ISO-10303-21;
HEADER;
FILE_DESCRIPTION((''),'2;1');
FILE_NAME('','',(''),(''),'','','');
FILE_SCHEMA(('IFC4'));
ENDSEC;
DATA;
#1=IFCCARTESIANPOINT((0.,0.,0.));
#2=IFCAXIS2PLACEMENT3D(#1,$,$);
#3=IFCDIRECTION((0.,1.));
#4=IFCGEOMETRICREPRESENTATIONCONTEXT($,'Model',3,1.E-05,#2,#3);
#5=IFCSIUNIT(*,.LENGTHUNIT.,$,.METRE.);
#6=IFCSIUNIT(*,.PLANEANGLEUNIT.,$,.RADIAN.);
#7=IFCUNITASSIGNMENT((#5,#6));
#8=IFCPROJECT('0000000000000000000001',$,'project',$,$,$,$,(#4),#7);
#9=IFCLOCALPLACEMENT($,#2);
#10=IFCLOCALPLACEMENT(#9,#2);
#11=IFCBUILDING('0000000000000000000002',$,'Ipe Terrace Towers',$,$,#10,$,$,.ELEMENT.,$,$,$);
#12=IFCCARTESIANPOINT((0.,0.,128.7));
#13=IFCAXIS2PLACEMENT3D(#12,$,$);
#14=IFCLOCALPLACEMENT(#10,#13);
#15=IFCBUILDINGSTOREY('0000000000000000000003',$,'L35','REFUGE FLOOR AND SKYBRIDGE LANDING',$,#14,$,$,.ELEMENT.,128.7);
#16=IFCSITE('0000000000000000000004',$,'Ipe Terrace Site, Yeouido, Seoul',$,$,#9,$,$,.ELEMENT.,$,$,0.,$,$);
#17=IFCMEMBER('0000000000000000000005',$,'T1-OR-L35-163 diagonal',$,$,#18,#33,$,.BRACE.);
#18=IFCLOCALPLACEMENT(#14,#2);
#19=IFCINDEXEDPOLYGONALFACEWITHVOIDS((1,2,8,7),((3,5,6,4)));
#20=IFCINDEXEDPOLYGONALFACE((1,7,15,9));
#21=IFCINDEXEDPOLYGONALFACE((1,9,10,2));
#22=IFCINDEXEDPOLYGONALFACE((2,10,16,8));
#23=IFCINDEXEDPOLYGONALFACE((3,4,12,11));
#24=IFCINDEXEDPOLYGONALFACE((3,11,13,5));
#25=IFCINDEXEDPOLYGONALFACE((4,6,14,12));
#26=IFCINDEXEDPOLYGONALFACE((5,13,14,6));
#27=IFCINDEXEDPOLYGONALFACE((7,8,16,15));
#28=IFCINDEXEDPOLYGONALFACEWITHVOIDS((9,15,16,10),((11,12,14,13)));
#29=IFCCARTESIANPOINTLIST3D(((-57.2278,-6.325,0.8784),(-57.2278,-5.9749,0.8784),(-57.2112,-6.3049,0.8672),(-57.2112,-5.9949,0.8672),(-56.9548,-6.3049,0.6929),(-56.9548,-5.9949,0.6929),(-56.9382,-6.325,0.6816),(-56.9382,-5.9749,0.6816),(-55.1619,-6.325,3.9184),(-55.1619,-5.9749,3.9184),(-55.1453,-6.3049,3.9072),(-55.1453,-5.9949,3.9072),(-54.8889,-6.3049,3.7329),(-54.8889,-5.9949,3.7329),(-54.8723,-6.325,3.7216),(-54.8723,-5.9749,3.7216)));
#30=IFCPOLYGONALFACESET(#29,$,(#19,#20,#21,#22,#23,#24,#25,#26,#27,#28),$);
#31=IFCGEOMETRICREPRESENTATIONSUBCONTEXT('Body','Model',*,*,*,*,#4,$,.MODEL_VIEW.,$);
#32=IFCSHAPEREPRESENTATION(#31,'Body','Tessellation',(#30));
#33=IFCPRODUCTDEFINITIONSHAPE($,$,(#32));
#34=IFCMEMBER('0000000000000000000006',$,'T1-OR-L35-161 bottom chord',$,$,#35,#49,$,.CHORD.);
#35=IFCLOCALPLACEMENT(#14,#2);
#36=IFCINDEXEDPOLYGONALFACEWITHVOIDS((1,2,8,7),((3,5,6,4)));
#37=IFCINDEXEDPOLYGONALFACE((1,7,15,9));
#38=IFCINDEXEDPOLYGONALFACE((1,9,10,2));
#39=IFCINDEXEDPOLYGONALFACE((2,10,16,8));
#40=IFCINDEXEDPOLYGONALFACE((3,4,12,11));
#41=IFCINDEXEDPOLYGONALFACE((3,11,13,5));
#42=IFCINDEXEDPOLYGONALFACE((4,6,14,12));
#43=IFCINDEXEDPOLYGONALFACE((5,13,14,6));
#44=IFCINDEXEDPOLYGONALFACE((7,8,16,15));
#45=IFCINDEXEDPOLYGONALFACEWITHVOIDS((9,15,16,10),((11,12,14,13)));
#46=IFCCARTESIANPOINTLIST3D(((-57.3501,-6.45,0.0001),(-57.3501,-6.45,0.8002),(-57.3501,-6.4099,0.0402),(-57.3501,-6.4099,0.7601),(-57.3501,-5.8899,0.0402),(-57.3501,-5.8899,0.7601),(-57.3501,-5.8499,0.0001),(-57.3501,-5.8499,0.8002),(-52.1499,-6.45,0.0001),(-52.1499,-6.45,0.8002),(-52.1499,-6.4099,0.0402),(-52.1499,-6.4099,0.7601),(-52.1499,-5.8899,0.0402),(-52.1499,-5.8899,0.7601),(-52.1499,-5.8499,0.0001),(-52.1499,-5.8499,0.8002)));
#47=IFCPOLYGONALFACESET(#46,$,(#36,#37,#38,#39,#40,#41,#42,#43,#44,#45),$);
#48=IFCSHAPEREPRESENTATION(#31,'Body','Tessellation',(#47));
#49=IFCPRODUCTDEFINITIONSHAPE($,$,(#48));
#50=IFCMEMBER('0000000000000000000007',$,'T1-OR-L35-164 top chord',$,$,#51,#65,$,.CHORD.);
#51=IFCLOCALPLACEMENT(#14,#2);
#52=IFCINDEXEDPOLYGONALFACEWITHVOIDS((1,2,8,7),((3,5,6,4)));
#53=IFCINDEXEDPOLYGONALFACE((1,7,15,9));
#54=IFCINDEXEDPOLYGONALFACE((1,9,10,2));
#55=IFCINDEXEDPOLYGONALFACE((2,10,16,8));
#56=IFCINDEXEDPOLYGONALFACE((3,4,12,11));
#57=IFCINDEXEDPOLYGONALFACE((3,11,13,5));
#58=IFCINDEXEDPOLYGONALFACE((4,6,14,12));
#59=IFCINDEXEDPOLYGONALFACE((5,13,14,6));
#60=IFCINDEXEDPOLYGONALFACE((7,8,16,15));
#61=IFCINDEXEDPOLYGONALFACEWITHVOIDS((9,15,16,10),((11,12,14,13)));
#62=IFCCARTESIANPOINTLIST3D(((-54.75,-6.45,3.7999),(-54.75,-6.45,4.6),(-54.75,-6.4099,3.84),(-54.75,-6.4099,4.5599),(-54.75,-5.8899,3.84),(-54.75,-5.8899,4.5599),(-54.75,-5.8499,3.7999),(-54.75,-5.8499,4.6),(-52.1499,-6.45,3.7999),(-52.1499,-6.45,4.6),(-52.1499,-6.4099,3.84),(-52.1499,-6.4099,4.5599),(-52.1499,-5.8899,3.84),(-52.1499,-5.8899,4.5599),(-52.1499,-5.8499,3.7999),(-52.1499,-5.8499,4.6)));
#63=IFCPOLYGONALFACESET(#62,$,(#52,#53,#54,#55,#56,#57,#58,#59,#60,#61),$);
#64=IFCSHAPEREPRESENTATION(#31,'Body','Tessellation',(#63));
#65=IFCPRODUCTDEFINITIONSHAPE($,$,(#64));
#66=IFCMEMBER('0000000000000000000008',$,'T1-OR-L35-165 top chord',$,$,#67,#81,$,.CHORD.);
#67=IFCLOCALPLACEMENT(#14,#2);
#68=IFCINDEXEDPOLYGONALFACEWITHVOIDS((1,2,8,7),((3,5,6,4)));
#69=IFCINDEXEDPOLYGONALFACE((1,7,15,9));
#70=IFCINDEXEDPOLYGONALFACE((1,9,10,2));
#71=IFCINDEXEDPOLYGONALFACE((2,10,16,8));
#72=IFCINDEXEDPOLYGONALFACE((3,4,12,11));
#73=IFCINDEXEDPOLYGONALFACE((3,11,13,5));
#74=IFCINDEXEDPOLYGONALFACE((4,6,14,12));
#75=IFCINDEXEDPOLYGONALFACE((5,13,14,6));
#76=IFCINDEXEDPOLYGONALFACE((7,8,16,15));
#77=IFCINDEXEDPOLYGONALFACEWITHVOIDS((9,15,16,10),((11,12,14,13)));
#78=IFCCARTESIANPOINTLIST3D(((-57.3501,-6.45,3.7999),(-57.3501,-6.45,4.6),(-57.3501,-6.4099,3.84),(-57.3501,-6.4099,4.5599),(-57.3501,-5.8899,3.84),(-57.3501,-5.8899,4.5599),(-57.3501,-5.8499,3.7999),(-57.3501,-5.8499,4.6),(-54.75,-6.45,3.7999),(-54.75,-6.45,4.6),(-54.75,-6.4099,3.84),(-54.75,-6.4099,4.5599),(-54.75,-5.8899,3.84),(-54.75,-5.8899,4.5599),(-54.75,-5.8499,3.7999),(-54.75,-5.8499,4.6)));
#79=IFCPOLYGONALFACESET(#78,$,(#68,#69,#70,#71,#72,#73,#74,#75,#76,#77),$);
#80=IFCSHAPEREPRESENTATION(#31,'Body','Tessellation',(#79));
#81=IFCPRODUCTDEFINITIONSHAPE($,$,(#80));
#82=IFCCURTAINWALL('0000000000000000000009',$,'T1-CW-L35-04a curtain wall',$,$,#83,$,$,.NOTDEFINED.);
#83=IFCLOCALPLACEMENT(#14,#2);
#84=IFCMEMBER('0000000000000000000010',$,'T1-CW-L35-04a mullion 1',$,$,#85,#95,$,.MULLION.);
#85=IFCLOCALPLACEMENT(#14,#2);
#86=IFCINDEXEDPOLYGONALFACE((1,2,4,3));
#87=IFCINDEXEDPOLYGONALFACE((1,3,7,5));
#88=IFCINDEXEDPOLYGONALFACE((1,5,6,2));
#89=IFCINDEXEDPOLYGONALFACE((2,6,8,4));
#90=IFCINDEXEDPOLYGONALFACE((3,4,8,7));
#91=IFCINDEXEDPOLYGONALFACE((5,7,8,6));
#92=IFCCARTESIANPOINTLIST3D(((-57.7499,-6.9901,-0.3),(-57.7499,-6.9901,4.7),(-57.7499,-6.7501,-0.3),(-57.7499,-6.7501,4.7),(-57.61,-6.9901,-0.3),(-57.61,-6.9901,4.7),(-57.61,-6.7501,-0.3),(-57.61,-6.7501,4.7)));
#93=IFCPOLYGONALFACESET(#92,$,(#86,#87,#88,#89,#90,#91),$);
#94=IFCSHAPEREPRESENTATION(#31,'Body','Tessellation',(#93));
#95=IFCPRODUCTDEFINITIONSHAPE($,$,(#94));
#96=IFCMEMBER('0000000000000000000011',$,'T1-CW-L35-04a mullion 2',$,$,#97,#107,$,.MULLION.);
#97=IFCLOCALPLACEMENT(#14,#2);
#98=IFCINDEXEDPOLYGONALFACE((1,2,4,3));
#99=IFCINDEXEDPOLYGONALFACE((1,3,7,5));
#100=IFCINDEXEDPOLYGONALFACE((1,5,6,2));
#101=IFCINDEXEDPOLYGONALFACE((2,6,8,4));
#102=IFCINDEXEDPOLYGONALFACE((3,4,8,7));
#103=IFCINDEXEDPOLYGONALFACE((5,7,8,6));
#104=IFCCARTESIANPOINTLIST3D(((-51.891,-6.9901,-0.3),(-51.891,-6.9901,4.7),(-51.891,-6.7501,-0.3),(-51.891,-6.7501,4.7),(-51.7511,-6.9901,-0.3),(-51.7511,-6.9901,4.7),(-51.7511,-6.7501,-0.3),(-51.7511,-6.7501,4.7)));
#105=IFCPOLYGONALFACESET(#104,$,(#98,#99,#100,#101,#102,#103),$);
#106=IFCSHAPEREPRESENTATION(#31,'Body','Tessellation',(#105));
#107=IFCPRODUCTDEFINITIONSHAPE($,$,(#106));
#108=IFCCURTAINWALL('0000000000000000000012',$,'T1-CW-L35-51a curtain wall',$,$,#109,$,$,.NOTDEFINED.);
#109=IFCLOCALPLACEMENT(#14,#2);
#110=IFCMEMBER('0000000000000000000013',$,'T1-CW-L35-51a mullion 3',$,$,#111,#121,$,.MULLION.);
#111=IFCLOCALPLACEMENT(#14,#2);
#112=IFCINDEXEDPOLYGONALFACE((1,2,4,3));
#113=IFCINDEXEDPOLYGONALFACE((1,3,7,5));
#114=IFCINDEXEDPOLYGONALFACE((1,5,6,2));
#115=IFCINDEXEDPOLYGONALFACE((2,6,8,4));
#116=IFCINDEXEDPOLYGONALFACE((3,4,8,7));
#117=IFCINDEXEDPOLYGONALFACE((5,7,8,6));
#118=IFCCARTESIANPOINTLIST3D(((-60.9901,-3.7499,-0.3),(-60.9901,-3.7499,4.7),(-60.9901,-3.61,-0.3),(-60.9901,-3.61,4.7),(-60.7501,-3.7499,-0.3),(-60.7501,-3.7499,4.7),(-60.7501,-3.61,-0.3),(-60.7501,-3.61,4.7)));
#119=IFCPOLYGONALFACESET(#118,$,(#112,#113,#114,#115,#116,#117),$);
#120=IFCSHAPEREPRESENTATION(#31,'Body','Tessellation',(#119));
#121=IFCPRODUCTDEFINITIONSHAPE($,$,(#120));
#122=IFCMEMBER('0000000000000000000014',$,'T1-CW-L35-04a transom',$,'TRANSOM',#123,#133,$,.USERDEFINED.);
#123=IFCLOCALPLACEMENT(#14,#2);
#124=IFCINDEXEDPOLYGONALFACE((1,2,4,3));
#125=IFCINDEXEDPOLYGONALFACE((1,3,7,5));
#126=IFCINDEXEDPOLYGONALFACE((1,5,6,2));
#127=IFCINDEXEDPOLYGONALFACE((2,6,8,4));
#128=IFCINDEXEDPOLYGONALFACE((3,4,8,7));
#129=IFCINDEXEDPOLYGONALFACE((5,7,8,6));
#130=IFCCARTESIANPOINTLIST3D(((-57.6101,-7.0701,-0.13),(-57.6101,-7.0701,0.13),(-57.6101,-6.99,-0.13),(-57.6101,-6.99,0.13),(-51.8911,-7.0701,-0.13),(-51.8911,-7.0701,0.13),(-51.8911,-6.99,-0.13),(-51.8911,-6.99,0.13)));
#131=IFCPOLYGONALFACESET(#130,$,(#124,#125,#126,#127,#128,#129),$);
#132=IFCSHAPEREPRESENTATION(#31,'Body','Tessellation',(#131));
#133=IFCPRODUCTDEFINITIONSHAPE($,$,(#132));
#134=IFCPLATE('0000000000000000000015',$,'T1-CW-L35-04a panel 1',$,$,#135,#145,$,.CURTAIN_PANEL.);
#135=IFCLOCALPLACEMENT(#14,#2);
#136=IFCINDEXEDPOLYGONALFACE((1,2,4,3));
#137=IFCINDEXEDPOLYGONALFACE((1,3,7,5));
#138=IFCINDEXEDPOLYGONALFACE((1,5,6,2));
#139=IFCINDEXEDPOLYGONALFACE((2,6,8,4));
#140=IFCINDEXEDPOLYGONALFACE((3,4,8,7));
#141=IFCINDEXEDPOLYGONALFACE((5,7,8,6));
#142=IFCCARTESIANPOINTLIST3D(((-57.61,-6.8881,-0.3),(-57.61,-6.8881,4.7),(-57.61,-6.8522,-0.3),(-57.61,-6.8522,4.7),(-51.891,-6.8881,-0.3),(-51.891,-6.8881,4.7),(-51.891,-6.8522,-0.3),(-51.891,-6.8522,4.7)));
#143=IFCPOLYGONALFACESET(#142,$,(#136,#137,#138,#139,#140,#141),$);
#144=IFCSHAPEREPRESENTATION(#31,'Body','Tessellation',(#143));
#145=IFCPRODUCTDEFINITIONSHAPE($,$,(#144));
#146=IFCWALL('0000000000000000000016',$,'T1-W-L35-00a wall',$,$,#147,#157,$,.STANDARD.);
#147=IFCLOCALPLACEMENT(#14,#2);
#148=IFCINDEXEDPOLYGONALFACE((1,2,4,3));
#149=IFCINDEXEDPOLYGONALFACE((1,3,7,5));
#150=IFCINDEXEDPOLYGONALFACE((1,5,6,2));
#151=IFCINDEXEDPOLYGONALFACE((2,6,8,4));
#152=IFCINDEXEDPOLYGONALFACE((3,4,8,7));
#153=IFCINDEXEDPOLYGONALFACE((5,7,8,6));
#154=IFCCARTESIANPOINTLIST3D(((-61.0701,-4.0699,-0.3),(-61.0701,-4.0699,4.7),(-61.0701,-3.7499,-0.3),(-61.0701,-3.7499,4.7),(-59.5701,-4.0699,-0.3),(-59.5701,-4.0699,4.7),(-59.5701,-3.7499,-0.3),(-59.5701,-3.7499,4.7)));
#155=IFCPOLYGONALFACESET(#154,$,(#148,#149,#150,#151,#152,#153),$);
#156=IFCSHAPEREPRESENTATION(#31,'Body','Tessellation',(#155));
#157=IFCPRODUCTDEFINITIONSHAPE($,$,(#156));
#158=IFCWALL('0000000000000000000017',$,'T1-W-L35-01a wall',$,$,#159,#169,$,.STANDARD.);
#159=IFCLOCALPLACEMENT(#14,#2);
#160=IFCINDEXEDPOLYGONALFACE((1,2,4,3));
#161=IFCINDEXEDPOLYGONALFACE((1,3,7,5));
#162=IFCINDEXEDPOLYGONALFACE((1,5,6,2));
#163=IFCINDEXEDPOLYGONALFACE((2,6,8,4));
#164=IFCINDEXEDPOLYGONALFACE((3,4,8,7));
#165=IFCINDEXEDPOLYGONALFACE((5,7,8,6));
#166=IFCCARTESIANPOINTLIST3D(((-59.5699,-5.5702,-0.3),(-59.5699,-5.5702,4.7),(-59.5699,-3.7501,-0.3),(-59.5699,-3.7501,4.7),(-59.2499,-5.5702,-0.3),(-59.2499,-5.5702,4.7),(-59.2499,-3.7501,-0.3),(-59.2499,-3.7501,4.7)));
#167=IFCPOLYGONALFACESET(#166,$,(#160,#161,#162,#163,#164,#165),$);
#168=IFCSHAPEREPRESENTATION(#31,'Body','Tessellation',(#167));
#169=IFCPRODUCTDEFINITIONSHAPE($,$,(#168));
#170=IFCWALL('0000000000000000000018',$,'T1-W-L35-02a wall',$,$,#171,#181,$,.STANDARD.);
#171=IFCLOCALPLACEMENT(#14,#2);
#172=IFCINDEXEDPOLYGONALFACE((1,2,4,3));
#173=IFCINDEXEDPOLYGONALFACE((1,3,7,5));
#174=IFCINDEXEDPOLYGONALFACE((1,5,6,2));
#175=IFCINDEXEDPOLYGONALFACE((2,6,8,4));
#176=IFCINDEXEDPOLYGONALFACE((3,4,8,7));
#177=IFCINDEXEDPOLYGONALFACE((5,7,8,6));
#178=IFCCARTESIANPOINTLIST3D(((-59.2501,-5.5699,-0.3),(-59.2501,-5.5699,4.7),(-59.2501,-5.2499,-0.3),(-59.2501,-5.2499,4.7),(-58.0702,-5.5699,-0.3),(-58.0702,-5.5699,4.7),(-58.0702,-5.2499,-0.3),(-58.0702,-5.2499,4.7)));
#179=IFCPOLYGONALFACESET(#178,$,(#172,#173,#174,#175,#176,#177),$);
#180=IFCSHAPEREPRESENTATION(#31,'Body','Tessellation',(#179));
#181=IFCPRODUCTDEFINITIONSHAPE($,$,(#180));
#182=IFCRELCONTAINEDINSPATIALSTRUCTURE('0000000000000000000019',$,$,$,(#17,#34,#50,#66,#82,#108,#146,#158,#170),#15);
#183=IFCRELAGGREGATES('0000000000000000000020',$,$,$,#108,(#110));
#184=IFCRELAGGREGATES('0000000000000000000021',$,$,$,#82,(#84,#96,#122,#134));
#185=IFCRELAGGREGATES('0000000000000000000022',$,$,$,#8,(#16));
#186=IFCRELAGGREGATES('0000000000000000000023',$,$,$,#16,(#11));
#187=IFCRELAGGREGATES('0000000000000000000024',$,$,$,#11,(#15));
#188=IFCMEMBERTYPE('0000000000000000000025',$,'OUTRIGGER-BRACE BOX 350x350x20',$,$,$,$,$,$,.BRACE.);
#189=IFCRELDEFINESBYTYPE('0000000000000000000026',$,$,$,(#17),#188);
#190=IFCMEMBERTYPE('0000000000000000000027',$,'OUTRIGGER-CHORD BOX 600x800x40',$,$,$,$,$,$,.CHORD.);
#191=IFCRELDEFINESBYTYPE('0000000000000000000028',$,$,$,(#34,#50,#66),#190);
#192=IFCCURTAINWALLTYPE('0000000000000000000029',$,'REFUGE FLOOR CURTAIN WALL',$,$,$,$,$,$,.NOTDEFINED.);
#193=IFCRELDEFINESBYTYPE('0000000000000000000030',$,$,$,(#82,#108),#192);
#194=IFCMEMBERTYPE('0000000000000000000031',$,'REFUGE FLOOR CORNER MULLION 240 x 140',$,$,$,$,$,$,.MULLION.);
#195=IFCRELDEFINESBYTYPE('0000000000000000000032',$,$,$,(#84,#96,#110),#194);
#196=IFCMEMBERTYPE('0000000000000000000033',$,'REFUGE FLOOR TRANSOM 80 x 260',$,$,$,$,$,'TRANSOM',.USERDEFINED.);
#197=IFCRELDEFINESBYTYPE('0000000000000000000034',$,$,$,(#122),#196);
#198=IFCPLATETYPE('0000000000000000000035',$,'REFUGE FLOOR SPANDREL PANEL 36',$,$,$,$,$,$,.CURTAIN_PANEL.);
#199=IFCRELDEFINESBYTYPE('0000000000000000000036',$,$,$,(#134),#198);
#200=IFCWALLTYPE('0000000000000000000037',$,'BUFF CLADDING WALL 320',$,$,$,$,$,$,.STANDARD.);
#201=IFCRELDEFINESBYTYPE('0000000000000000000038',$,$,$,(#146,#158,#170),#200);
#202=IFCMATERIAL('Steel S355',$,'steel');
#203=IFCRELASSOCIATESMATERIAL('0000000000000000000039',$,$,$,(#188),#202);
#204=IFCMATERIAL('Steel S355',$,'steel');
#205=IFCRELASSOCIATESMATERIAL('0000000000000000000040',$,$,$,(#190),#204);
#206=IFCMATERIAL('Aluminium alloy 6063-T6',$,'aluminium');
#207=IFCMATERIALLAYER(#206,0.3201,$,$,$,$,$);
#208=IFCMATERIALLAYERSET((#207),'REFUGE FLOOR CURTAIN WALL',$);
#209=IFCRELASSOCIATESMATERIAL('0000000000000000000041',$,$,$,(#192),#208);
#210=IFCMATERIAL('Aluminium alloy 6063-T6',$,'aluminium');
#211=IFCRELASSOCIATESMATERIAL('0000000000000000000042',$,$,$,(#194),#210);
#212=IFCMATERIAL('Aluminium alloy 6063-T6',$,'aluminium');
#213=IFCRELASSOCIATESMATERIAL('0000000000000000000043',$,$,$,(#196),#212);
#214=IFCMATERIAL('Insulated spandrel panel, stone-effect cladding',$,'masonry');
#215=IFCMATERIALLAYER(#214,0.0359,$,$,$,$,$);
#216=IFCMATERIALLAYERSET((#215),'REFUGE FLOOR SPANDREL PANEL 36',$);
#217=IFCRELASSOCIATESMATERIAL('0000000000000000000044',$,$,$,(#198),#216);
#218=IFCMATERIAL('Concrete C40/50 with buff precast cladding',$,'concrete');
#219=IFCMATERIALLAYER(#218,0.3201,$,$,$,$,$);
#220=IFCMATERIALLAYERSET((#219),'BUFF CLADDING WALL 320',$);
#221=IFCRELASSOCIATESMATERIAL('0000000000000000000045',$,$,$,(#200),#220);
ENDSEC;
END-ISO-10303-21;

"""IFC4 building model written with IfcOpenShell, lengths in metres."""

from ifc_helpers import new_model, si_unit, direction, frame, frame_2d, origin, origin_2d, place, context, subcontext, project, spatial, rectangle, hollow_rectangle, extrude, material, layer, layer_set, material_profile, profile_set, type_object, element, aggregate, save


model = new_model("IFC4")

# Units and contexts
model_context = context("Model", 3, precision=1e-05, world=origin(), true_north=direction((0.0, 1.0)))
body_context = subcontext(model_context, "Body", "Model", "MODEL_VIEW")
ifc_project = project(units=[si_unit("LENGTHUNIT", "METRE"), si_unit("PLANEANGLEUNIT", "RADIAN")], contexts=[model_context])

# Site, building, storey
site_placement = place(None, origin())
site = spatial("IfcSite", under=ifc_project, at=site_placement, Name="Ipe Terrace Site, Yeouido, Seoul", CompositionType="ELEMENT", RefElevation=0.0)
building_placement = place(site_placement, origin())
building = spatial("IfcBuilding", under=site, at=building_placement, Name="Ipe Terrace Towers", CompositionType="ELEMENT")
storey_placement = place(building_placement, frame((0.0, 0.0, 128.7)))
storey = spatial("IfcBuildingStorey", under=building, at=storey_placement, Name="L35", Description="REFUGE FLOOR AND SKYBRIDGE LANDING", CompositionType="ELEMENT", Elevation=128.7)

# Members
ifc_material_1 = material(Name="Steel S355", Category="steel")
ifc_material_profile_1 = material_profile(ifc_material_1, hollow_rectangle(XDim=0.3501, YDim=0.3501, WallThickness=0.02, at=origin_2d()), Name="OUTRIGGER-BRACE BOX 350x350x20")
ifc_profile_set_1 = profile_set([ifc_material_profile_1], Name="Steel S355")
member_type_1 = type_object("IfcMemberType", Name="OUTRIGGER-BRACE BOX 350x350x20", PredefinedType="BRACE", material=ifc_profile_set_1)
for number, where, z_axis, x_axis, name in (
    (1, (-57.083, -6.1499, 0.78), (0.562067, 0.0, 0.827092), (0.0, 1.0, 0.0), "T1-OR-L35-163 diagonal"),
):
    element("IfcMember", number, at=place(storey_placement, frame(where, z_axis=z_axis, x_axis=x_axis)), inside=storey, type_object=member_type_1, Name=name, PredefinedType="BRACE", context=body_context, shape_type="SweptSolid", body=[
        extrude(hollow_rectangle(XDim=0.3501, YDim=0.3501, WallThickness=0.02, at=origin_2d()), origin(), (0.0, 0.0, 1.0), 3.6755),
    ])
ifc_material_2 = material(Name="Steel S355", Category="steel")
ifc_material_profile_2 = material_profile(ifc_material_2, hollow_rectangle(XDim=0.6001, YDim=0.8, WallThickness=0.04, at=origin_2d()), Name="OUTRIGGER-CHORD BOX 600x800x40")
ifc_profile_set_2 = profile_set([ifc_material_profile_2], Name="Steel S355")
member_type_2 = type_object("IfcMemberType", Name="OUTRIGGER-CHORD BOX 600x800x40", PredefinedType="CHORD", material=ifc_profile_set_2)
member_1_placement = place(storey_placement, frame((-52.1499, -6.1499, 0.4001), z_axis=(-1.0, 0.0, 0.0), x_axis=(0.0, -1.0, 0.0)))
element("IfcMember", 2, at=member_1_placement, inside=storey, type_object=member_type_2, Name="T1-OR-L35-161 bottom chord", PredefinedType="CHORD", context=body_context, shape_type="SweptSolid", body=[
    extrude(hollow_rectangle(XDim=0.6001, YDim=0.8, WallThickness=0.04, at=origin_2d()), origin(), (0.0, 0.0, 1.0), 5.2002),
])
for number, where, z_axis, x_axis, name in (
    (3, (-52.1499, -6.1499, 4.2), (-1.0, 0.0, 0.0), (0.0, -1.0, 0.0), "T1-OR-L35-164 top chord"),
    (4, (-54.75, -6.1499, 4.2), (-1.0, 0.0, 0.0), (0.0, -1.0, 0.0), "T1-OR-L35-165 top chord"),
):
    element("IfcMember", number, at=place(storey_placement, frame(where, z_axis=z_axis, x_axis=x_axis)), inside=storey, type_object=member_type_2, Name=name, PredefinedType="CHORD", context=body_context, shape_type="SweptSolid", body=[
        extrude(hollow_rectangle(XDim=0.6001, YDim=0.8, WallThickness=0.04, at=origin_2d()), origin(), (0.0, 0.0, 1.0), 2.6001),
    ])

# Curtain wall, members
ifc_material_3 = material(Name="Aluminium alloy 6063-T6", Category="aluminium")
ifc_layer_1 = layer(ifc_material_3, 0.3201)
ifc_layer_set_1 = layer_set([ifc_layer_1], Name="REFUGE FLOOR CURTAIN WALL")
curtain_wall_type = type_object("IfcCurtainWallType", Name="REFUGE FLOOR CURTAIN WALL", PredefinedType="NOTDEFINED", material=ifc_layer_set_1)
curtain_wall_1_placement = place(storey_placement, origin())
curtain_wall_1 = element("IfcCurtainWall", 5, at=curtain_wall_1_placement, inside=storey, type_object=curtain_wall_type, Name="T1-CW-L35-04a curtain wall", PredefinedType="NOTDEFINED")
ifc_material_4 = material(Name="Aluminium alloy 6063-T6", Category="aluminium")
ifc_material_profile_3 = material_profile(ifc_material_4, rectangle(XDim=0.24, YDim=0.1399, at=origin_2d()), Name="REFUGE FLOOR CORNER MULLION 240 x 140")
ifc_profile_set_3 = profile_set([ifc_material_profile_3], Name="Aluminium alloy 6063-T6")
member_type_3 = type_object("IfcMemberType", Name="REFUGE FLOOR CORNER MULLION 240 x 140", PredefinedType="MULLION", material=ifc_profile_set_3)
member_2_placement = place(storey_placement, frame((-57.6799, -6.8701, -0.3), z_axis=(0.0, 0.0, 1.0), x_axis=(0.0, -1.0, 0.0)))
member_2 = element("IfcMember", 6, at=member_2_placement, type_object=member_type_3, Name="T1-CW-L35-04a mullion 1", PredefinedType="MULLION", context=body_context, shape_type="SweptSolid", body=[
    extrude(rectangle(XDim=0.24, YDim=0.1399, at=origin_2d()), origin(), (0.0, 0.0, 1.0), 5.0),
])
member_3_placement = place(storey_placement, frame((-51.821, -6.8701, -0.3), z_axis=(0.0, 0.0, 1.0), x_axis=(0.0, -1.0, 0.0)))
member_3 = element("IfcMember", 7, at=member_3_placement, type_object=member_type_3, Name="T1-CW-L35-04a mullion 2", PredefinedType="MULLION", context=body_context, shape_type="SweptSolid", body=[
    extrude(rectangle(XDim=0.24, YDim=0.1399, at=origin_2d()), origin(), (0.0, 0.0, 1.0), 5.0),
])

# Curtain wall, member
curtain_wall_2_placement = place(storey_placement, origin())
curtain_wall_2 = element("IfcCurtainWall", 8, at=curtain_wall_2_placement, inside=storey, type_object=curtain_wall_type, Name="T1-CW-L35-51a curtain wall", PredefinedType="NOTDEFINED")
member_4_placement = place(storey_placement, frame((-60.8701, -3.6799, -0.3), z_axis=(0.0, 0.0, 1.0), x_axis=(-1.0, 0.0, 0.0)))
member_4 = element("IfcMember", 9, at=member_4_placement, type_object=member_type_3, Name="T1-CW-L35-51a mullion 3", PredefinedType="MULLION", context=body_context, shape_type="SweptSolid", body=[
    extrude(rectangle(XDim=0.24, YDim=0.1399, at=origin_2d()), origin(), (0.0, 0.0, 1.0), 5.0),
])
aggregate(curtain_wall_2, [member_4])

# Member
ifc_material_5 = material(Name="Aluminium alloy 6063-T6", Category="aluminium")
ifc_material_profile_4 = material_profile(ifc_material_5, rectangle(XDim=0.0801, YDim=0.26, at=origin_2d()), Name="REFUGE FLOOR TRANSOM 80 x 260")
ifc_profile_set_4 = profile_set([ifc_material_profile_4], Name="Aluminium alloy 6063-T6")
member_type_4 = type_object("IfcMemberType", Name="REFUGE FLOOR TRANSOM 80 x 260", ElementType="TRANSOM", PredefinedType="USERDEFINED", material=ifc_profile_set_4)
member_5_placement = place(storey_placement, frame((-57.6101, -7.03, 0.0), z_axis=(1.0, 0.0, 0.0), x_axis=(0.0, -1.0, 0.0)))
member_5 = element("IfcMember", 10, at=member_5_placement, type_object=member_type_4, Name="T1-CW-L35-04a transom", ObjectType="TRANSOM", PredefinedType="USERDEFINED", context=body_context, shape_type="SweptSolid", body=[
    extrude(rectangle(XDim=0.0801, YDim=0.26, at=origin_2d()), origin(), (0.0, 0.0, 1.0), 5.719),
])

# Plate
ifc_material_6 = material(Name="Insulated spandrel panel, stone-effect cladding", Category="masonry")
ifc_layer_2 = layer(ifc_material_6, 0.0359)
ifc_layer_set_2 = layer_set([ifc_layer_2], Name="REFUGE FLOOR SPANDREL PANEL 36")
plate_type = type_object("IfcPlateType", Name="REFUGE FLOOR SPANDREL PANEL 36", PredefinedType="CURTAIN_PANEL", material=ifc_layer_set_2)
plate_placement = place(storey_placement, frame((-54.7505, -6.8701, -0.3), z_axis=(0.0, 0.0, 1.0), x_axis=(1.0, 0.0, 0.0)))
plate = element("IfcPlate", 11, at=plate_placement, type_object=plate_type, Name="T1-CW-L35-04a panel 1", PredefinedType="CURTAIN_PANEL", context=body_context, shape_type="SweptSolid", body=[
    extrude(rectangle(XDim=5.719, YDim=0.0359, at=origin_2d()), origin(), (0.0, 0.0, 1.0), 5.0),
])
aggregate(curtain_wall_1, [member_2, member_3, member_5, plate])

# Walls
ifc_material_7 = material(Name="Concrete C40/50 with buff precast cladding", Category="concrete")
ifc_layer_3 = layer(ifc_material_7, 0.3201)
ifc_layer_set_3 = layer_set([ifc_layer_3], Name="BUFF CLADDING WALL 320")
wall_type_1 = type_object("IfcWallType", Name="BUFF CLADDING WALL 320", PredefinedType="STANDARD", material=ifc_layer_set_3)
wall_1_placement = place(storey_placement, frame((-61.0701, -3.9099, -0.3), z_axis=(0.0, 0.0, 1.0), x_axis=(1.0, 0.0, 0.0)))
element("IfcWall", 12, at=wall_1_placement, inside=storey, type_object=wall_type_1, Name="T1-W-L35-00a wall", PredefinedType="STANDARD", context=body_context, shape_type="SweptSolid", body=[
    extrude(rectangle(XDim=1.5, YDim=0.3201, at=frame_2d((0.75, 0.0))), origin(), (0.0, 0.0, 1.0), 5.0),
])
wall_2_placement = place(storey_placement, frame((-59.4099, -3.75, -0.3), z_axis=(0.0, 0.0, 1.0), x_axis=(0.0, -1.0, 0.0)))
element("IfcWall", 13, at=wall_2_placement, inside=storey, type_object=wall_type_1, Name="T1-W-L35-01a wall", PredefinedType="STANDARD", context=body_context, shape_type="SweptSolid", body=[
    extrude(rectangle(XDim=1.8201, YDim=0.3201, at=frame_2d((0.9102, 0.0))), origin(), (0.0, 0.0, 1.0), 5.0),
])
wall_3_placement = place(storey_placement, frame((-59.25, -5.4099, -0.3), z_axis=(0.0, 0.0, 1.0), x_axis=(1.0, 0.0, 0.0)))
element("IfcWall", 14, at=wall_3_placement, inside=storey, type_object=wall_type_1, Name="T1-W-L35-02a wall", PredefinedType="STANDARD", context=body_context, shape_type="SweptSolid", body=[
    extrude(rectangle(XDim=1.1799, YDim=0.3201, at=frame_2d((0.5898, 0.0))), origin(), (0.0, 0.0, 1.0), 5.0),
])

save(model, "model.ifc")
